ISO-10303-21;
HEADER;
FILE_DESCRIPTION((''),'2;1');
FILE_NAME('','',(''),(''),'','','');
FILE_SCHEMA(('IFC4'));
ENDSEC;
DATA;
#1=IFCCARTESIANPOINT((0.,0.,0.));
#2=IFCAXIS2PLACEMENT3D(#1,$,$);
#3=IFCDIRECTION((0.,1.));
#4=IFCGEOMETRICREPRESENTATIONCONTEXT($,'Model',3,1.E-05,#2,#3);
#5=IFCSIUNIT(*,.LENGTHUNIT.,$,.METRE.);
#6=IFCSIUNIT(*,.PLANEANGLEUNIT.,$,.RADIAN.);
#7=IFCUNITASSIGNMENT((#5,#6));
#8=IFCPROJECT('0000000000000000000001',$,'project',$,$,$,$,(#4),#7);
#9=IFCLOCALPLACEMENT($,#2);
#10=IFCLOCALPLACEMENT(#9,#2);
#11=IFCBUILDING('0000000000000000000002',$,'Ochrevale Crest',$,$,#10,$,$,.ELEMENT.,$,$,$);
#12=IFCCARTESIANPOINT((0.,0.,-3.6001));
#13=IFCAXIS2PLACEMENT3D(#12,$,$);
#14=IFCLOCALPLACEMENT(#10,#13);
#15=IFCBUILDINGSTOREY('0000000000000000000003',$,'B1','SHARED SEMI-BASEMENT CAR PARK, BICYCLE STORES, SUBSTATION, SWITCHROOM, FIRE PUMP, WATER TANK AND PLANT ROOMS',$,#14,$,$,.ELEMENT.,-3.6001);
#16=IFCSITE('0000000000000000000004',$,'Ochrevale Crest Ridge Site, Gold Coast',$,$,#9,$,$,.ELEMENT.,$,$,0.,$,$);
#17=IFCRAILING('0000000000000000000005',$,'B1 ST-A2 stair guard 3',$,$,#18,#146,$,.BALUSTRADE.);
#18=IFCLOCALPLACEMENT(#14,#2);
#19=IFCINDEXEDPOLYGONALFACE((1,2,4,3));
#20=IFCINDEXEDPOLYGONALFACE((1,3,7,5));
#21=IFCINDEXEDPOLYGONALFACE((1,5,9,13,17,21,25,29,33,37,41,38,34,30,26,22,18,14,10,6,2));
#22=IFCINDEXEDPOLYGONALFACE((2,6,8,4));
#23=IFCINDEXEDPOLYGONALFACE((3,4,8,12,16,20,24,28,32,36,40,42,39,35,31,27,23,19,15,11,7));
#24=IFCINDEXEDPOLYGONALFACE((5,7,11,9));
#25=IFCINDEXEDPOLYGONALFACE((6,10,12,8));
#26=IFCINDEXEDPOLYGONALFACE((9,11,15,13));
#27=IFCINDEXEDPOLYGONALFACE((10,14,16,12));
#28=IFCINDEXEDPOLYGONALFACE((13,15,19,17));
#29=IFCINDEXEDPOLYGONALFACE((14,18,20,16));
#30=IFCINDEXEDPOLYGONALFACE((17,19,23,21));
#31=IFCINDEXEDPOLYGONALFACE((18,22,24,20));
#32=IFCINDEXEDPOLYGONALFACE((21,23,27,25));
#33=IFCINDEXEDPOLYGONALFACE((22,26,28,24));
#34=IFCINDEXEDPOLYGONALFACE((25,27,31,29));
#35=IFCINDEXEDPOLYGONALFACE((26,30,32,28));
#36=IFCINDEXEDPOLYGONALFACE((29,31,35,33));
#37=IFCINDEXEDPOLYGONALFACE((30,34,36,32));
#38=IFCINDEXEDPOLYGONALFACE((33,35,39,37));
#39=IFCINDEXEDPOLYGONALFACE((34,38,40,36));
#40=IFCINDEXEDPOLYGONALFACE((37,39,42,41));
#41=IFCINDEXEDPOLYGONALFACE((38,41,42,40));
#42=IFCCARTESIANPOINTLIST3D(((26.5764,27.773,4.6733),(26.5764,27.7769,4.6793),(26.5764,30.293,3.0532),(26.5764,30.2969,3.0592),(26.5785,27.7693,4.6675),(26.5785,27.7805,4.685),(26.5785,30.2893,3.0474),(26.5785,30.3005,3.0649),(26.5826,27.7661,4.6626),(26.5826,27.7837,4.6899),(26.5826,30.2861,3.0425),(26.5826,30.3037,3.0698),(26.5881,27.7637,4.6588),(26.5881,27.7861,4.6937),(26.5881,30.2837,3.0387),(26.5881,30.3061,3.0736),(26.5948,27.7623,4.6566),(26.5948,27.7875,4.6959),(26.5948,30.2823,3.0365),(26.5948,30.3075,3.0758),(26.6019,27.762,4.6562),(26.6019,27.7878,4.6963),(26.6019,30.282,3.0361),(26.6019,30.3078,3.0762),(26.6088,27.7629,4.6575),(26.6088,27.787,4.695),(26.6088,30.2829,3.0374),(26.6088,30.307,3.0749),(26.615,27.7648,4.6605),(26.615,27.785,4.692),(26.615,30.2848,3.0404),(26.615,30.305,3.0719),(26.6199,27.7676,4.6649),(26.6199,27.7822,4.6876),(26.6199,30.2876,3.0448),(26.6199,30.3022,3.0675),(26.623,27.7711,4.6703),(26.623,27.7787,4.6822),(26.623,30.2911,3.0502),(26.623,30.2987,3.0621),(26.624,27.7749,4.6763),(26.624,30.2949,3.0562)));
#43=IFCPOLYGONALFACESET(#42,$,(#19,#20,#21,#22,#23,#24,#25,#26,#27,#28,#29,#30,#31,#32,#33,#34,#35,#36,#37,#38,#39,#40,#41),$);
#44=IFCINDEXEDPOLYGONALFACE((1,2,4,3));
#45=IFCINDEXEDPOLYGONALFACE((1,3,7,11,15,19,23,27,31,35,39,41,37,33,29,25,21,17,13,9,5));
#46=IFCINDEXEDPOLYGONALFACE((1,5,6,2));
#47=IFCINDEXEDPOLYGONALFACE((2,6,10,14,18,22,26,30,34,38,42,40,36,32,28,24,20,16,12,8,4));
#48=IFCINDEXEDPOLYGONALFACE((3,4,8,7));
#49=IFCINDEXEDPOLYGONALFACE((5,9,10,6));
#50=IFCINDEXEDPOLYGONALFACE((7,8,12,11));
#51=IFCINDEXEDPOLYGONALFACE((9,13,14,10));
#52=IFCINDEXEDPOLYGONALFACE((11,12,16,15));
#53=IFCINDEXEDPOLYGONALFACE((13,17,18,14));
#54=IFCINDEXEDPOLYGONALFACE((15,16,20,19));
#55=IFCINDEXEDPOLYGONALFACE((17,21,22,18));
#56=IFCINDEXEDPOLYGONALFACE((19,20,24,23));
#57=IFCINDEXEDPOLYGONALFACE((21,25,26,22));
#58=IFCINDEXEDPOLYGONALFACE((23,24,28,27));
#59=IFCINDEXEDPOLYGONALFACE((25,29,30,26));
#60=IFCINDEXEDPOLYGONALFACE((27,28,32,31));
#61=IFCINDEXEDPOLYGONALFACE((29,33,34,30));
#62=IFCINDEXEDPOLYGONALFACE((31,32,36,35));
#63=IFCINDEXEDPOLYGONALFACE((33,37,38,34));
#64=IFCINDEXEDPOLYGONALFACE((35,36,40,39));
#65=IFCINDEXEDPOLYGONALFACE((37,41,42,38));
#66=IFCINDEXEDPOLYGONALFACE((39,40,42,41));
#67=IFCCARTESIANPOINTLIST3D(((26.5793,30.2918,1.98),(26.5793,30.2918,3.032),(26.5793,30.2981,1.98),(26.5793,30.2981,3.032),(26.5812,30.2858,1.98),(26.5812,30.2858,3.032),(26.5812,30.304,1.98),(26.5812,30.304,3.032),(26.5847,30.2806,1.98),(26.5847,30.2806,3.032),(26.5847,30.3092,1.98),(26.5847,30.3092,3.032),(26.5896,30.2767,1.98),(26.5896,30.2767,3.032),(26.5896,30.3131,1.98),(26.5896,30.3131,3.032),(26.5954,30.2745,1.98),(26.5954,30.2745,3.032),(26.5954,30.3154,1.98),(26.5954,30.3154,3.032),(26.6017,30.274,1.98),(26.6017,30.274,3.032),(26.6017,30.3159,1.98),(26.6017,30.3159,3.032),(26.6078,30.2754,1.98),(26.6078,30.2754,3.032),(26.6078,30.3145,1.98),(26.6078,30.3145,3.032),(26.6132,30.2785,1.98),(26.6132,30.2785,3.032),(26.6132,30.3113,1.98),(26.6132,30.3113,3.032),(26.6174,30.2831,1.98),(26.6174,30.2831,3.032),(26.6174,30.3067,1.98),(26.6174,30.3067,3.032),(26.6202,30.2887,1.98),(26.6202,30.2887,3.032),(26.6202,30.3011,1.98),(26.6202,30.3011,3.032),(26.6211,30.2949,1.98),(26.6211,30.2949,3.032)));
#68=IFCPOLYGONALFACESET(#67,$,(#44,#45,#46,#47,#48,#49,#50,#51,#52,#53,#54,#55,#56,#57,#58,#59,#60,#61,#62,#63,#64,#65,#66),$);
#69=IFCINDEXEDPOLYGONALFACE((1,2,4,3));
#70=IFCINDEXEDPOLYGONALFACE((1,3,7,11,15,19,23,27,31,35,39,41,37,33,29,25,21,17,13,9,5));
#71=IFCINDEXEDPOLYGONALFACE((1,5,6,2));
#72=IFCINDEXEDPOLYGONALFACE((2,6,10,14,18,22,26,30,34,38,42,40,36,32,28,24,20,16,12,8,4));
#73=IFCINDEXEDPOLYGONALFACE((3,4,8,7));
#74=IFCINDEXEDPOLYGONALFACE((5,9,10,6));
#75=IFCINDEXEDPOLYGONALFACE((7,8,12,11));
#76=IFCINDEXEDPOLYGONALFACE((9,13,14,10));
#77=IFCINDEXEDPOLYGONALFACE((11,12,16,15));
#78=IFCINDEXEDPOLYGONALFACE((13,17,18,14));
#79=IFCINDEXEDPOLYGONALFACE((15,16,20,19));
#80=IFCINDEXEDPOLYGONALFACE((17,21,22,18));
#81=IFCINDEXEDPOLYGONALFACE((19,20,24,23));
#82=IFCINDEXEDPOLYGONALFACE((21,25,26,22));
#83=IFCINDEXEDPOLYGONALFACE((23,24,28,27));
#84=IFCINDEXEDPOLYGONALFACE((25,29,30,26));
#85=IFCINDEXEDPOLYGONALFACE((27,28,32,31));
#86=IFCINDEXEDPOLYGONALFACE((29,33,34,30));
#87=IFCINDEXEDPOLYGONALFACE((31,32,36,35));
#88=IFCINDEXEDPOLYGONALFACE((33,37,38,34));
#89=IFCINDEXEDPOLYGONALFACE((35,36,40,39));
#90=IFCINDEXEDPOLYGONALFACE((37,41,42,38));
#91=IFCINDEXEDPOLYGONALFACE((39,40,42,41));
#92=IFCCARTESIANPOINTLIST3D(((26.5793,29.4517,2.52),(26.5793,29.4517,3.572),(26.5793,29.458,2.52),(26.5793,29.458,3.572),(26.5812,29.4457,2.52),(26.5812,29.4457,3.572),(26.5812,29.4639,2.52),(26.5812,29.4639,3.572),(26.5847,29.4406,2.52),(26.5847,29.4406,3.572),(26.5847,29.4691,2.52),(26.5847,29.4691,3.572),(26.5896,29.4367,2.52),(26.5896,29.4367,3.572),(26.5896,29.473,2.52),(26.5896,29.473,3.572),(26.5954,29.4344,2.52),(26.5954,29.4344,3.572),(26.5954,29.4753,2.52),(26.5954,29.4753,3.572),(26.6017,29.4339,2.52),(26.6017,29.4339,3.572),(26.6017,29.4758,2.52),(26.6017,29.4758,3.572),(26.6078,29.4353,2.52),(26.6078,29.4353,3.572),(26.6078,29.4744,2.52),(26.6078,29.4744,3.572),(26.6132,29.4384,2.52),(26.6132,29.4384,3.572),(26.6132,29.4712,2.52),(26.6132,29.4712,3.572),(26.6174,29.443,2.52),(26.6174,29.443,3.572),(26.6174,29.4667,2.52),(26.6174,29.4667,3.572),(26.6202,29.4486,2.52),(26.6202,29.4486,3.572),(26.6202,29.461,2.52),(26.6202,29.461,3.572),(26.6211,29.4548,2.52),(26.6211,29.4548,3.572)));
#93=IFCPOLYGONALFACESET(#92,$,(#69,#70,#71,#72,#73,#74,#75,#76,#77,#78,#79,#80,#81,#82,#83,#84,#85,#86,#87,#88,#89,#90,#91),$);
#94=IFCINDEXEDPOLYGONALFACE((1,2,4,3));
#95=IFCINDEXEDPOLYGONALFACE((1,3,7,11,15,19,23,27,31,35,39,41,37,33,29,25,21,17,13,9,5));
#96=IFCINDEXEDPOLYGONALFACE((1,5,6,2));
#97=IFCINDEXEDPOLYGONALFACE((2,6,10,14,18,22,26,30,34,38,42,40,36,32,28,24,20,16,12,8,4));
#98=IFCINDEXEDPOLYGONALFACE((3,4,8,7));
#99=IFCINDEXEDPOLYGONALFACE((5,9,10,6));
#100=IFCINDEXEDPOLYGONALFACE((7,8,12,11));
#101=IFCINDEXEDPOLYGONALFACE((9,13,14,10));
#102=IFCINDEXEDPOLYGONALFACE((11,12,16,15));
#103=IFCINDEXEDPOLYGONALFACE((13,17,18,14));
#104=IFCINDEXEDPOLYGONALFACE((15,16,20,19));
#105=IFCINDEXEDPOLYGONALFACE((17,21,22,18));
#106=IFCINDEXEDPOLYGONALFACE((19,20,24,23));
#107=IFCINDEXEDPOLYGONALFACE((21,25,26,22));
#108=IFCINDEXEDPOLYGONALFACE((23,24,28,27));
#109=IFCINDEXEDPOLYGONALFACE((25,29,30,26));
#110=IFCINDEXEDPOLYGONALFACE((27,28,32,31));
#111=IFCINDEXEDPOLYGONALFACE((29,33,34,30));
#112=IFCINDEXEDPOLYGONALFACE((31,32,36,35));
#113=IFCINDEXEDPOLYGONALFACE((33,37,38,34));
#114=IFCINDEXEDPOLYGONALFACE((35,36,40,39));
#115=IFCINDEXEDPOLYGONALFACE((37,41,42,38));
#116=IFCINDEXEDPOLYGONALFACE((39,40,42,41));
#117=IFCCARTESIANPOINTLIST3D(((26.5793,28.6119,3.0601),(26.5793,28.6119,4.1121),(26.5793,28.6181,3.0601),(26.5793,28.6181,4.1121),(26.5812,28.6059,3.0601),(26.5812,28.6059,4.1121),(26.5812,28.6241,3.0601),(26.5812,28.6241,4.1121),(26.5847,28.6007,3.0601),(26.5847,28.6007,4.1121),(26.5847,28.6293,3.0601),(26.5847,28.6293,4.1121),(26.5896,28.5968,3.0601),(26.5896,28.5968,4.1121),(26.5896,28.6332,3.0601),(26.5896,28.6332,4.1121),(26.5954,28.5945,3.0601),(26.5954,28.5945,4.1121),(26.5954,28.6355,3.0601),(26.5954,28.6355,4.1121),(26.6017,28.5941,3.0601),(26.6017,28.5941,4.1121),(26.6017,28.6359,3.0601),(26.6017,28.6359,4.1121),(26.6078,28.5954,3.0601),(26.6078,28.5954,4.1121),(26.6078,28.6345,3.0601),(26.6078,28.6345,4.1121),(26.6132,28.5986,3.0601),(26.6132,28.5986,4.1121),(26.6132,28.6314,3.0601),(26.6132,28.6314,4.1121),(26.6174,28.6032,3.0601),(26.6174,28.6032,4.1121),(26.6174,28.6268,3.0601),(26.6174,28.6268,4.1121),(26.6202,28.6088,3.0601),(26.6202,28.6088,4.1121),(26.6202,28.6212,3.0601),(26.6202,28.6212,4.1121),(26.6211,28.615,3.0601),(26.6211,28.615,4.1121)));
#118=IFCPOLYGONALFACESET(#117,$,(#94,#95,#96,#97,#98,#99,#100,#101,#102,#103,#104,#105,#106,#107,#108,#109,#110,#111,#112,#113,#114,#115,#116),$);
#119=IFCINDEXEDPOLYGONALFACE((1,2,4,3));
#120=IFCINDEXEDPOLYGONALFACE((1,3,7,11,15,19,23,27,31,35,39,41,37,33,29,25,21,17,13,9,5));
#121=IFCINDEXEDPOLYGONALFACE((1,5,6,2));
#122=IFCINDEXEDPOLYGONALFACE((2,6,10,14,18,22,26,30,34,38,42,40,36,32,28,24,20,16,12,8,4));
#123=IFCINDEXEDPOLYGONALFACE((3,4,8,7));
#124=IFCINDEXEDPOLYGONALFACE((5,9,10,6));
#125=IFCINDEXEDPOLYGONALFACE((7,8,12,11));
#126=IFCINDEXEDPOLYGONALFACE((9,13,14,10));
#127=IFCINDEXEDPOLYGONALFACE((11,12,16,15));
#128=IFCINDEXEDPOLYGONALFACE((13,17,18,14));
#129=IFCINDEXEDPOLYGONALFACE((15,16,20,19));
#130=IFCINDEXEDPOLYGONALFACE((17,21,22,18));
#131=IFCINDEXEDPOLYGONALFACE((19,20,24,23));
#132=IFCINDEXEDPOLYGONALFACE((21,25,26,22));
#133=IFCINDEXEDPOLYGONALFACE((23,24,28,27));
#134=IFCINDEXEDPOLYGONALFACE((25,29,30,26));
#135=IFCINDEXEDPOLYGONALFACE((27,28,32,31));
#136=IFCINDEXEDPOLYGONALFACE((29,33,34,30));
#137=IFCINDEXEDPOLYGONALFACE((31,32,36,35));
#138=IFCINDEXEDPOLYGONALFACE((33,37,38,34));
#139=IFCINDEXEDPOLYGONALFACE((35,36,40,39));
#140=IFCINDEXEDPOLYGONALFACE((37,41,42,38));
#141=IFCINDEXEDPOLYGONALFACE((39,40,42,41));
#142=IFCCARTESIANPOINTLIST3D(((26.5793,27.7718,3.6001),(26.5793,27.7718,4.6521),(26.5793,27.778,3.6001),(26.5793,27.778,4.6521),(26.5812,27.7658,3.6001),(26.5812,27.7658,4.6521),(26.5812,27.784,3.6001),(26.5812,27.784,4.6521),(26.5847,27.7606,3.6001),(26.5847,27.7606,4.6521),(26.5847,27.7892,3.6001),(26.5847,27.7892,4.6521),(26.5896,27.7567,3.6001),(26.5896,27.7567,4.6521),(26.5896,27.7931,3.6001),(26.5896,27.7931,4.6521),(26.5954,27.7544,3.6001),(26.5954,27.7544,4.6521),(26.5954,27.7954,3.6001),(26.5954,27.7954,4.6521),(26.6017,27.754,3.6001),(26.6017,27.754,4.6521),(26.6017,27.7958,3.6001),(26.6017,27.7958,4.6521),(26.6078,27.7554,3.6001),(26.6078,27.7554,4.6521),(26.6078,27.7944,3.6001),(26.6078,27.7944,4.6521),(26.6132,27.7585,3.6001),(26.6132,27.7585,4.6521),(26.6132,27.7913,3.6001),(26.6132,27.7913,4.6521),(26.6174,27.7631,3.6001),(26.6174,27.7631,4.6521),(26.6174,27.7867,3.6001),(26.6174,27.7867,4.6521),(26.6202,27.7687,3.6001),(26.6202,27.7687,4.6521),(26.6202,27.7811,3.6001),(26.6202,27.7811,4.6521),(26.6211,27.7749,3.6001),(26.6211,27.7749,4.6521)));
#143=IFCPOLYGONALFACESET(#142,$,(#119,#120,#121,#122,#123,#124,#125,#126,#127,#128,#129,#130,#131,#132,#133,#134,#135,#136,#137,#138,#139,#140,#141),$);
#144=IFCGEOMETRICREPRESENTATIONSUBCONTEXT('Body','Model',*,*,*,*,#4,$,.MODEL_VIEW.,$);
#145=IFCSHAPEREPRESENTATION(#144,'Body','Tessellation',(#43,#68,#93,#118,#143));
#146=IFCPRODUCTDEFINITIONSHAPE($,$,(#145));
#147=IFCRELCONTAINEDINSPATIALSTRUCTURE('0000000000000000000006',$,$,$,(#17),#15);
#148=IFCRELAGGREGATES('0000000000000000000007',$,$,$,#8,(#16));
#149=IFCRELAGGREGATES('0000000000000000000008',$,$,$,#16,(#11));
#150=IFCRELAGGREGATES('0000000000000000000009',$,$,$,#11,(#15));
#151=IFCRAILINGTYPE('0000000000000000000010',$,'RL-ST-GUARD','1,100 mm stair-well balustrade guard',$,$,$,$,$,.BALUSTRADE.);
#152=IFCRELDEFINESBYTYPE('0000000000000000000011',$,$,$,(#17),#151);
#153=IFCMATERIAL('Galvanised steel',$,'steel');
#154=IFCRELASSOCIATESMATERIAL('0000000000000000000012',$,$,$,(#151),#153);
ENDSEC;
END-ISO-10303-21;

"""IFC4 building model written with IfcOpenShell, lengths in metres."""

from ifc_helpers import new_model, si_unit, direction, frame, origin, origin_2d, place, context, subcontext, project, spatial, circle, extrude, material, type_object, element, save


model = new_model("IFC4")

# Units and contexts
model_context = context("Model", 3, precision=1e-05, world=origin(), true_north=direction((0.0, 1.0)))
body_context = subcontext(model_context, "Body", "Model", "MODEL_VIEW")
ifc_project = project(units=[si_unit("LENGTHUNIT", "METRE"), si_unit("PLANEANGLEUNIT", "RADIAN")], contexts=[model_context])

# Site, building, storey
site_placement = place(None, origin())
site = spatial("IfcSite", under=ifc_project, at=site_placement, Name="Ochrevale Crest Ridge Site, Gold Coast", CompositionType="ELEMENT", RefElevation=0.0)
building_placement = place(site_placement, origin())
building = spatial("IfcBuilding", under=site, at=building_placement, Name="Ochrevale Crest", CompositionType="ELEMENT")
storey_placement = place(building_placement, frame((0.0, 0.0, -3.6001)))
storey = spatial("IfcBuildingStorey", under=building, at=storey_placement, Name="B1", Description="SHARED SEMI-BASEMENT CAR PARK, BICYCLE STORES, SUBSTATION, SWITCHROOM, FIRE PUMP, WATER TANK AND PLANT ROOMS", CompositionType="ELEMENT", Elevation=-3.6001)

# Railing
ifc_material_1 = material(Name="Galvanised steel", Category="steel")
railing_type_1 = type_object("IfcRailingType", Name="RL-ST-GUARD", Description="1,100 mm stair-well balustrade guard", PredefinedType="BALUSTRADE", material=ifc_material_1)
railing_1_placement = place(storey_placement, frame((26.6001, 30.2949, 1.98)))
element("IfcRailing", 1, at=railing_1_placement, inside=storey, type_object=railing_type_1, Name="B1 ST-A2 stair guard 3", PredefinedType="BALUSTRADE", context=body_context, shape_type="SweptSolid", body=[
    extrude(circle(Radius=0.0239, at=origin_2d()), frame((0.0, 0.0, 1.0762), z_axis=(0.0, -0.841163, 0.540782), x_axis=(1.0, 0.0, 0.0)), (0.0, 0.0, 1.0), 2.9958),
    extrude(circle(Radius=0.021, at=origin_2d()), origin(), (0.0, 0.0, 1.0), 1.052),
    extrude(circle(Radius=0.021, at=origin_2d()), frame((0.0, -0.8401, 0.54)), (0.0, 0.0, 1.0), 1.052),
    extrude(circle(Radius=0.021, at=origin_2d()), frame((0.0, -1.6799, 1.0801)), (0.0, 0.0, 1.0), 1.052),
    extrude(circle(Radius=0.021, at=origin_2d()), frame((0.0, -2.52, 1.6201)), (0.0, 0.0, 1.0), 1.052),
])

save(model, "model.ifc")
